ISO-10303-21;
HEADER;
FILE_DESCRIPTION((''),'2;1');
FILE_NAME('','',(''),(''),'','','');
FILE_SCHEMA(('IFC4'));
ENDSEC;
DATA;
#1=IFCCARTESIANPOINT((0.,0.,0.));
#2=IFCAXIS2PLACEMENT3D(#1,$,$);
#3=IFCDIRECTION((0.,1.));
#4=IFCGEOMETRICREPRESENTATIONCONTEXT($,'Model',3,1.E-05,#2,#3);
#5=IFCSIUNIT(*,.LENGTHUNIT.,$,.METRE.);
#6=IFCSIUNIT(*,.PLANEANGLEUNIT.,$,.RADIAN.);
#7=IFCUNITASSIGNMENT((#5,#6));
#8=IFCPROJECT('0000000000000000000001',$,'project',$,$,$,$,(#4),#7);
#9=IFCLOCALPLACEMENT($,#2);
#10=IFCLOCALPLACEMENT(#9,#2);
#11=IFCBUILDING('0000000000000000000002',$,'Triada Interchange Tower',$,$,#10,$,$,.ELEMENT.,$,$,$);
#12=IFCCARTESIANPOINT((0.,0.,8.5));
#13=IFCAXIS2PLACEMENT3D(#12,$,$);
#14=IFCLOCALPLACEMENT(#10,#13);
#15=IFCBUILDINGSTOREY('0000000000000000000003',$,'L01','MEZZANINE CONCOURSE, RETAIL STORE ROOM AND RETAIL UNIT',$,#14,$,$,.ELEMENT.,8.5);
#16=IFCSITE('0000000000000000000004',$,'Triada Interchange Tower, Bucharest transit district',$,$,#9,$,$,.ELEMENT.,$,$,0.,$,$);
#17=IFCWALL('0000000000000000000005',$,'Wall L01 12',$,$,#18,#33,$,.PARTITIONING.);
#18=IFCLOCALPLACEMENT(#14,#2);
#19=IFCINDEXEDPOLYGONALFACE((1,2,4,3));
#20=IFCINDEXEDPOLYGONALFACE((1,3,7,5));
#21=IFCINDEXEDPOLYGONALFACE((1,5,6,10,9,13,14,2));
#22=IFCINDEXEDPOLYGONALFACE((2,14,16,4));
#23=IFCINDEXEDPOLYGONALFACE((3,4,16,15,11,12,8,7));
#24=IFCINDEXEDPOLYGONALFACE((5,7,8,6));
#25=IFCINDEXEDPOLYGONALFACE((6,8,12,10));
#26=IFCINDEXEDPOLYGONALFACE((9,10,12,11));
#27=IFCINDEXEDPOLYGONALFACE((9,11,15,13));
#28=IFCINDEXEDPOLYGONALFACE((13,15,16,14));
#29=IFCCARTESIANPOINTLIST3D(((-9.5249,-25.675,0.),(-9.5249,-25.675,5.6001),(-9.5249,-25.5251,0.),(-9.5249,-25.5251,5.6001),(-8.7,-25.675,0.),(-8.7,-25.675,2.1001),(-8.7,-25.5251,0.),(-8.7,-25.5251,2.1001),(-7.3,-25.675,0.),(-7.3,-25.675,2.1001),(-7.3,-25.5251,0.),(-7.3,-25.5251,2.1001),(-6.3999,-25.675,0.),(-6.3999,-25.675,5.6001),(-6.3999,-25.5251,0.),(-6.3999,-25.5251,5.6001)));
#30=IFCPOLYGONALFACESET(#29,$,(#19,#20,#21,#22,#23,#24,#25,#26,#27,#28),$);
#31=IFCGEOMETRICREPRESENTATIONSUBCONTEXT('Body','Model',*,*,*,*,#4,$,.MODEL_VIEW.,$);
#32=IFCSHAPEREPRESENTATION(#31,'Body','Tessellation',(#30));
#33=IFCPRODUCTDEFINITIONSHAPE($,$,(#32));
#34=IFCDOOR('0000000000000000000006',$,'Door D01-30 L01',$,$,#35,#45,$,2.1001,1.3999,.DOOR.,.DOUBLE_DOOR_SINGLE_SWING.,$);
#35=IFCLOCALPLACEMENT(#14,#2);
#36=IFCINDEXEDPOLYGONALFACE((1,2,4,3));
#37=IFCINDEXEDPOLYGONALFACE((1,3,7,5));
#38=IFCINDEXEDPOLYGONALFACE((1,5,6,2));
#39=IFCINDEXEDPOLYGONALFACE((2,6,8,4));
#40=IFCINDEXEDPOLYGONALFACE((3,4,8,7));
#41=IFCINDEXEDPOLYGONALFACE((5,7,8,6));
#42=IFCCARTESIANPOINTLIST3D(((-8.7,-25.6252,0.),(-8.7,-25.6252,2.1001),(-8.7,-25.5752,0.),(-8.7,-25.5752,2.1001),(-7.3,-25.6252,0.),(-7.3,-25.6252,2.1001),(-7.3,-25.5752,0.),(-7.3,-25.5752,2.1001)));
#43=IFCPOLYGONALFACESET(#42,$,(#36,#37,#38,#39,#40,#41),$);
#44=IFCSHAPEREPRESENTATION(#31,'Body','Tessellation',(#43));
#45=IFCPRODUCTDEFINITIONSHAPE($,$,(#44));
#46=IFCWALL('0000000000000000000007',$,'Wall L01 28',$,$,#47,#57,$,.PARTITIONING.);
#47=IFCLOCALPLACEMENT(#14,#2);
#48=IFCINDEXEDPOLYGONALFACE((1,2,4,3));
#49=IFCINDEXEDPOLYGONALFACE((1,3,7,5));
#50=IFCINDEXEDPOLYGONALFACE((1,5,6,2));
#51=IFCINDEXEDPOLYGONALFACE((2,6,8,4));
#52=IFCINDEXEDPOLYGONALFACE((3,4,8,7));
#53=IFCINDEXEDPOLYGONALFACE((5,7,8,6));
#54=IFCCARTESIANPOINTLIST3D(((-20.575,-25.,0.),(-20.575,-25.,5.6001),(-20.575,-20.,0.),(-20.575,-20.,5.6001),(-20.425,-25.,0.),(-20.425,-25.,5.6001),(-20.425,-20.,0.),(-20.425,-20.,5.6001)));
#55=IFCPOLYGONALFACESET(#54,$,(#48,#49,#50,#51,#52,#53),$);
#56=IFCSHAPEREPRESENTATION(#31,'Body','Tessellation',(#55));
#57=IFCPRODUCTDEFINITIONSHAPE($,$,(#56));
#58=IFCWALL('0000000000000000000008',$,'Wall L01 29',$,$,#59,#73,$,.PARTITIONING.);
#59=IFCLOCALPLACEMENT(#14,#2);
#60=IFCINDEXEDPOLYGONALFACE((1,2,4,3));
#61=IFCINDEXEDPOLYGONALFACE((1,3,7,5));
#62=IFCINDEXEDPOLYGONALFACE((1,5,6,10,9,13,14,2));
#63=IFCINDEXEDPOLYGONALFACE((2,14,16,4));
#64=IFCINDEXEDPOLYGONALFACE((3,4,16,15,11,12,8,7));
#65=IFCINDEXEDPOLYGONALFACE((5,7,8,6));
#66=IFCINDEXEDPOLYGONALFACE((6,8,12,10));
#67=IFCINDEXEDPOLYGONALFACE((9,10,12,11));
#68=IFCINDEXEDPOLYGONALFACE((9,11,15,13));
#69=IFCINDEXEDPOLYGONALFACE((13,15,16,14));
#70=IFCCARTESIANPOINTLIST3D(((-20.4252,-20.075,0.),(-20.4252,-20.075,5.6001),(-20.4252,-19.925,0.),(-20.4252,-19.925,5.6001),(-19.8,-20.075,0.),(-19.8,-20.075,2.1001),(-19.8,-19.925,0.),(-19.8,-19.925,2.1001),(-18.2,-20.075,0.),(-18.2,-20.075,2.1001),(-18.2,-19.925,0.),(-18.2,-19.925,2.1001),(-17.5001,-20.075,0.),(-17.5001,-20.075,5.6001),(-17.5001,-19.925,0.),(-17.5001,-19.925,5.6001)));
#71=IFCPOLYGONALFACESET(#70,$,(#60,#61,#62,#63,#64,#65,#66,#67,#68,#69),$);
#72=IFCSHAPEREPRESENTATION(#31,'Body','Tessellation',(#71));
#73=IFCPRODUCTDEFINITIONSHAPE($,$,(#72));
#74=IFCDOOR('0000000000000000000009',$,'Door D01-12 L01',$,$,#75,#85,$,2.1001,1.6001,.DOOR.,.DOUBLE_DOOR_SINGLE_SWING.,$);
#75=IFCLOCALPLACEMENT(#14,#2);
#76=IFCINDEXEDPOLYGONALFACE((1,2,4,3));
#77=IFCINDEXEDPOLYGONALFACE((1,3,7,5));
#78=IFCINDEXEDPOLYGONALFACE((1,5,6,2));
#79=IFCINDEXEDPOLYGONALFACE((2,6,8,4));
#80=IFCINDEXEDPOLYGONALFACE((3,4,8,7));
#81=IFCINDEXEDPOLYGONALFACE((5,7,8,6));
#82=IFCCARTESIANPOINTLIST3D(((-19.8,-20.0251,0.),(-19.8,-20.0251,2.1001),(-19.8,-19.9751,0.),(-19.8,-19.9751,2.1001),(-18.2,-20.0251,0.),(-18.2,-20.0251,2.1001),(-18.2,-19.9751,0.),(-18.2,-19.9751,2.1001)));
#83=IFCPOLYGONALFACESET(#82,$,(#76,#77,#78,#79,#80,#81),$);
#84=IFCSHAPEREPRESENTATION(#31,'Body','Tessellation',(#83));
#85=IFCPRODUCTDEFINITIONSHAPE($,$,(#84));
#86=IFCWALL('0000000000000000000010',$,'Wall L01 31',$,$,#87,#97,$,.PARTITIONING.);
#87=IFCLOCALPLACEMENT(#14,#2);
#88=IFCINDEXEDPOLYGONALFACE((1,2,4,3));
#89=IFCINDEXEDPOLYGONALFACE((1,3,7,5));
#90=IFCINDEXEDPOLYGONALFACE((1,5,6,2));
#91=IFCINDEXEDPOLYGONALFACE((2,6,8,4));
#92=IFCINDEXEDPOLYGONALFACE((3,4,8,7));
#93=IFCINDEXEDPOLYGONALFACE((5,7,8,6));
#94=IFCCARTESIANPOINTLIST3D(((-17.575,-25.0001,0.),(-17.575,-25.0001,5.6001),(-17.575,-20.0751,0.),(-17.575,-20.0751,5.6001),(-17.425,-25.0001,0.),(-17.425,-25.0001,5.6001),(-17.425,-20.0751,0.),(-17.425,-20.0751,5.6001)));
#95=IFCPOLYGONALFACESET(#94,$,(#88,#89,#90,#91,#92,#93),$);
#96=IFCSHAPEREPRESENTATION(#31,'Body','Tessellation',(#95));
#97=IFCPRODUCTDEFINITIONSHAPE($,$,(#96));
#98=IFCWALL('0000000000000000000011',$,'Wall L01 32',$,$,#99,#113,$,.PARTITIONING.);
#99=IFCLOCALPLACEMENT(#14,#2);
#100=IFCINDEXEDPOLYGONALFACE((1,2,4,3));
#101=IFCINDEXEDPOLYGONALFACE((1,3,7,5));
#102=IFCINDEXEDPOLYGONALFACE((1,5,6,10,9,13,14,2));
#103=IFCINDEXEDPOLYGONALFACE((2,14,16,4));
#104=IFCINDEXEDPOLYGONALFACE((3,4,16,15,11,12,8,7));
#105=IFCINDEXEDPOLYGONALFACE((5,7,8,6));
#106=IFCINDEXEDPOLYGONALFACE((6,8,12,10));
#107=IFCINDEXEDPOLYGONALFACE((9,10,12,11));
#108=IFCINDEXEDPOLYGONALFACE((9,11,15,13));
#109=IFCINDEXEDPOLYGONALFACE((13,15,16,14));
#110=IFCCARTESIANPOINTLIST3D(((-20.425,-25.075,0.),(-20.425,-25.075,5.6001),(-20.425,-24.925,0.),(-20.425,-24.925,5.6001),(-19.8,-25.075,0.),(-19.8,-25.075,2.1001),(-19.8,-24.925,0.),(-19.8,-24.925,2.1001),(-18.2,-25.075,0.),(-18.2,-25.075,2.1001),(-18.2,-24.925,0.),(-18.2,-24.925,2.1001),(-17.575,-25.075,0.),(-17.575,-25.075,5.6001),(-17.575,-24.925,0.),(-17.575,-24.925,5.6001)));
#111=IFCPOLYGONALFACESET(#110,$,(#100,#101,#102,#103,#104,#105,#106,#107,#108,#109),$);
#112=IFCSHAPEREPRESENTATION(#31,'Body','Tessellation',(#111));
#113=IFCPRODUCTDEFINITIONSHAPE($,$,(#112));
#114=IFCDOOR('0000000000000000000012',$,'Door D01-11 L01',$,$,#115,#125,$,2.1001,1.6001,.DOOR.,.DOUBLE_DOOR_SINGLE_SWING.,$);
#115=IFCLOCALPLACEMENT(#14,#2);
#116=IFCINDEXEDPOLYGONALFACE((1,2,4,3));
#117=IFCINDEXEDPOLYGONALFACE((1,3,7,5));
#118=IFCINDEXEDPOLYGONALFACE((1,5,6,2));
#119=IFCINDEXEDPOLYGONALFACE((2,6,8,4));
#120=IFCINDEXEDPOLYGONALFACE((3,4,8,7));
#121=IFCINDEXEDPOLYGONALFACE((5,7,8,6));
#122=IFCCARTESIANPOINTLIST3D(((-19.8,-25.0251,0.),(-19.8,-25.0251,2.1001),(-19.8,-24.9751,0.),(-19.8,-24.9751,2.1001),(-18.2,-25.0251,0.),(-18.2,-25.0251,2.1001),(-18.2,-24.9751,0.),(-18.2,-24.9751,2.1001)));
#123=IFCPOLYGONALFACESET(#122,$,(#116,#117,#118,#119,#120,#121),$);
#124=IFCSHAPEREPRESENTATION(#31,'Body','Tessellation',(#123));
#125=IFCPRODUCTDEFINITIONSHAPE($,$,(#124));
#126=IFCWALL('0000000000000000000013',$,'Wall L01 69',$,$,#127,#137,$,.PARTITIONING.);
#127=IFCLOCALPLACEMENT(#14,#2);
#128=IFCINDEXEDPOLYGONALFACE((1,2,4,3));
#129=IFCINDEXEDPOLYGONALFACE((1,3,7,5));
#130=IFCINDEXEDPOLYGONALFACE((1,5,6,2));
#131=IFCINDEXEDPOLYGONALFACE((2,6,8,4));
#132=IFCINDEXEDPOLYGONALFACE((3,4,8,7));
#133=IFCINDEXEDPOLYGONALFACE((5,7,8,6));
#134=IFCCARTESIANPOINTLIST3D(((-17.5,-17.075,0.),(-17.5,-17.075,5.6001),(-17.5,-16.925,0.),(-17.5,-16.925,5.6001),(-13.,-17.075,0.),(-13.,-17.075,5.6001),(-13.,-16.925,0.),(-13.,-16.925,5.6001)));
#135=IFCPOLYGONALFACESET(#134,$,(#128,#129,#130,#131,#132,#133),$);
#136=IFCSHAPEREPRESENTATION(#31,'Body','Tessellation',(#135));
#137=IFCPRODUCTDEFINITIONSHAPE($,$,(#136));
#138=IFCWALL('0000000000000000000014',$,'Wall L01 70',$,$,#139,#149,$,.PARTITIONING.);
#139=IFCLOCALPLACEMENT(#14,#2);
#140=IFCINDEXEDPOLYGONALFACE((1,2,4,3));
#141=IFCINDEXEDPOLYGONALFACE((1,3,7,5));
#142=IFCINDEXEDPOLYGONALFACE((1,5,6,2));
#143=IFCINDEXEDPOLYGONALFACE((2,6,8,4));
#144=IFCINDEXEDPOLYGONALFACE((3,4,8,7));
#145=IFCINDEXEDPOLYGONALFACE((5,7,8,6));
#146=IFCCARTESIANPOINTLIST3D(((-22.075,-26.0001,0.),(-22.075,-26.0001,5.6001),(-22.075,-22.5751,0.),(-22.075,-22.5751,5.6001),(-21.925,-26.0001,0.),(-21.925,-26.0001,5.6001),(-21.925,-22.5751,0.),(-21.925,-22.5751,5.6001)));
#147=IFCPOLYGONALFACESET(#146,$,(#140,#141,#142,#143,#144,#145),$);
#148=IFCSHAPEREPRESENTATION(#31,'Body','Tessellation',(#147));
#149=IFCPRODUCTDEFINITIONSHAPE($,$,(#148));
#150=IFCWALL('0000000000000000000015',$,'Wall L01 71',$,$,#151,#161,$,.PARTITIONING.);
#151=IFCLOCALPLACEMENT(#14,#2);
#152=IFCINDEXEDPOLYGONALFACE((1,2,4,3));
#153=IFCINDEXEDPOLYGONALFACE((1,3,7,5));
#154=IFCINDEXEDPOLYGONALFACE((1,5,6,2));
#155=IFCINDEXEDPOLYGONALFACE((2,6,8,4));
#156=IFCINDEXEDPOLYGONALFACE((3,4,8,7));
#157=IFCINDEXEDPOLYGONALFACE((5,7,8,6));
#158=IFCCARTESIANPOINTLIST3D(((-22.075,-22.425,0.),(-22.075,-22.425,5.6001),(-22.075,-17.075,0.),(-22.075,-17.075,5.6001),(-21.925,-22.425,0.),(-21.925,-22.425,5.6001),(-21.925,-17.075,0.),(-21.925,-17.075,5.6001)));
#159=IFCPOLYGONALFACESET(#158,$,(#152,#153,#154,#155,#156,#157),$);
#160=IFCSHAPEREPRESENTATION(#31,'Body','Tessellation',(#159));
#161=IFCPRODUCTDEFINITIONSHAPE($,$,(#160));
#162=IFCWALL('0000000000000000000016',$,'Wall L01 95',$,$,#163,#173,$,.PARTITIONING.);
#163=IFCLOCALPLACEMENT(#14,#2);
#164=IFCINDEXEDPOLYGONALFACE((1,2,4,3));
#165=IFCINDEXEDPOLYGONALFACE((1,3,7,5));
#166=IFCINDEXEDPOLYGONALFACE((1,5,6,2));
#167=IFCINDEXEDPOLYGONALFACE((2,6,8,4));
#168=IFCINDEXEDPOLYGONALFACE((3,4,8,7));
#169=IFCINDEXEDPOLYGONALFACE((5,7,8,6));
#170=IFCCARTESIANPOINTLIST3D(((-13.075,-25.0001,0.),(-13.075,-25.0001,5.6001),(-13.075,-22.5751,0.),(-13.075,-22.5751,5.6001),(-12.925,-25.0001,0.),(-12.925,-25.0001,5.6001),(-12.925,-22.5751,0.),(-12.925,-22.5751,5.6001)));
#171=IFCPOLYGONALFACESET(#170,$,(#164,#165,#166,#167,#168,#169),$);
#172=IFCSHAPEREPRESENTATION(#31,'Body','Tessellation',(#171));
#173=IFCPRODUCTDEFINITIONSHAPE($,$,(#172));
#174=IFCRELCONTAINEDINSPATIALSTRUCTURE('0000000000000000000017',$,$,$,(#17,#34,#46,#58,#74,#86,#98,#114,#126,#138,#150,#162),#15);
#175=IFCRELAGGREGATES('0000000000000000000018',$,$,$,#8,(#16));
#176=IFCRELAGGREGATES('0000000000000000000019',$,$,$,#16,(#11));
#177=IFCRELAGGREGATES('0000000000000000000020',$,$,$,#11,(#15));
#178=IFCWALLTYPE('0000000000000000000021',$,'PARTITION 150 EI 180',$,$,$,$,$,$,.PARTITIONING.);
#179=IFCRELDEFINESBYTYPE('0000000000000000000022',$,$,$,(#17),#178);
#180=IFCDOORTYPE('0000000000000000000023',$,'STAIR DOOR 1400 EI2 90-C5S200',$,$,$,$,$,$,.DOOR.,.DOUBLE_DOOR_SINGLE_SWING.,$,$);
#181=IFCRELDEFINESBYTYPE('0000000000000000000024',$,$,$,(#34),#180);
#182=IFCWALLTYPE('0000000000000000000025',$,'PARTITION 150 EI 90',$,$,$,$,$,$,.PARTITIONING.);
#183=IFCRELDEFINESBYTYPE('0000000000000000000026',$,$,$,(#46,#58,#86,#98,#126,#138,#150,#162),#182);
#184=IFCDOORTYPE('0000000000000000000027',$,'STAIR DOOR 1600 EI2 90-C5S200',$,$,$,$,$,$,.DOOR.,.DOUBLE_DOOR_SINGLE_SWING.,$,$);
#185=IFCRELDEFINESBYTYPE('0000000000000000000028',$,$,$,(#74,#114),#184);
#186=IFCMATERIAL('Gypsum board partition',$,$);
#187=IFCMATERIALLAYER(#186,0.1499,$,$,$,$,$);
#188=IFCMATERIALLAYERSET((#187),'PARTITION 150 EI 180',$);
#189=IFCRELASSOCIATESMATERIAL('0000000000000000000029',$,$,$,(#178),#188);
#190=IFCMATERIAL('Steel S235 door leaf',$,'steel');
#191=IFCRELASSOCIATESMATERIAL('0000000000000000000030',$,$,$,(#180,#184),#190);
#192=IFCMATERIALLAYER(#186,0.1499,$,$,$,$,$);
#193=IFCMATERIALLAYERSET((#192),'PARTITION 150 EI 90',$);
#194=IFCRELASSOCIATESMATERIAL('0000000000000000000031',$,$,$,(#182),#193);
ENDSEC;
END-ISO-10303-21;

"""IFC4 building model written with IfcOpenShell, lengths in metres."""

from ifc_helpers import new_model, si_unit, direction, frame, frame_2d, origin, place, context, subcontext, project, spatial, rectangle, extrude, material, layer, layer_set, type_object, element, fill, save


model = new_model("IFC4")

# Units and contexts
model_context = context("Model", 3, precision=1e-05, world=origin(), true_north=direction((0.0, 1.0)))
body_context = subcontext(model_context, "Body", "Model", "MODEL_VIEW")
ifc_project = project(units=[si_unit("LENGTHUNIT", "METRE"), si_unit("PLANEANGLEUNIT", "RADIAN")], contexts=[model_context])

# Site, building, storey
site_placement = place(None, origin())
site = spatial("IfcSite", under=ifc_project, at=site_placement, Name="Triada Interchange Tower, Bucharest transit district", CompositionType="ELEMENT", RefElevation=0.0)
building_placement = place(site_placement, origin())
building = spatial("IfcBuilding", under=site, at=building_placement, Name="Triada Interchange Tower", CompositionType="ELEMENT")
storey_placement = place(building_placement, frame((0.0, 0.0, 8.5)))
storey = spatial("IfcBuildingStorey", under=building, at=storey_placement, Name="L01", Description="MEZZANINE CONCOURSE, RETAIL STORE ROOM AND RETAIL UNIT", CompositionType="ELEMENT", Elevation=8.5)

# Shared definitions
ifc_material_1 = material(Name="Gypsum board partition")
ifc_layer_1 = layer(ifc_material_1, 0.1499)
ifc_layer_set_1 = layer_set([ifc_layer_1], Name="PARTITION 150 EI 180")
wall_type_1 = type_object("IfcWallType", Name="PARTITION 150 EI 180", PredefinedType="PARTITIONING", material=ifc_layer_set_1)

# Wall, opening, door
wall_1_placement = place(storey_placement, frame((-9.5249, -25.6001, 0.0), z_axis=(0.0, 0.0, 1.0), x_axis=(1.0, 0.0, 0.0)))
wall_1 = element("IfcWall", 1, at=wall_1_placement, inside=storey, type_object=wall_type_1, Name="Wall L01 12", PredefinedType="PARTITIONING", context=body_context, shape_type="SweptSolid", body=[
    extrude(rectangle(XDim=3.125, YDim=0.1499, at=frame_2d((1.5625, 0.0))), origin(), (0.0, 0.0, 1.0), 5.6001),
])
opening_1_placement = place(wall_1_placement, frame((0.825, 0.0, 0.0)))
opening_1 = element("IfcOpeningElement", 2, at=opening_1_placement, cuts=wall_1, PredefinedType="OPENING", context=body_context, shape_type="SweptSolid", body=[
    extrude(rectangle(XDim=1.3999, YDim=2.1001, at=frame_2d((0.7, 1.05))), frame((0.0, 0.085, 0.0), z_axis=(0.0, -1.0, 0.0), x_axis=(1.0, 0.0, 0.0)), (0.0, 0.0, 1.0), 0.1699),
])
ifc_material_2 = material(Name="Steel S235 door leaf", Category="steel")
door_type_1 = type_object("IfcDoorType", Name="STAIR DOOR 1400 EI2 90-C5S200", OperationType="DOUBLE_DOOR_SINGLE_SWING", PredefinedType="DOOR", material=ifc_material_2)
door_1_placement = place(opening_1_placement, origin())
door_1 = element("IfcDoor", 3, at=door_1_placement, inside=storey, type_object=door_type_1, Name="Door D01-30 L01", OperationType="DOUBLE_DOOR_SINGLE_SWING", OverallHeight=2.1001, OverallWidth=1.3999, PredefinedType="DOOR", context=body_context, shape_type="SweptSolid", body=[
    extrude(rectangle(XDim=1.3999, YDim=2.1001, at=frame_2d((0.7, 1.05))), frame((0.0, 0.0249, 0.0), z_axis=(0.0, -1.0, 0.0), x_axis=(1.0, 0.0, 0.0)), (0.0, 0.0, 1.0), 0.05),
])
fill(opening_1, door_1)

# Wall
ifc_layer_2 = layer(ifc_material_1, 0.1499)
ifc_layer_set_2 = layer_set([ifc_layer_2], Name="PARTITION 150 EI 90")
wall_type_2 = type_object("IfcWallType", Name="PARTITION 150 EI 90", PredefinedType="PARTITIONING", material=ifc_layer_set_2)
wall_2_placement = place(storey_placement, frame((-20.5, -25.0, 0.0), z_axis=(0.0, 0.0, 1.0), x_axis=(0.0, 1.0, 0.0)))
element("IfcWall", 4, at=wall_2_placement, inside=storey, type_object=wall_type_2, Name="Wall L01 28", PredefinedType="PARTITIONING", context=body_context, shape_type="SweptSolid", body=[
    extrude(rectangle(XDim=5.0, YDim=0.1499, at=frame_2d((2.5, 0.0))), origin(), (0.0, 0.0, 1.0), 5.6001),
])

# Wall, opening, door
wall_3_placement = place(storey_placement, frame((-20.425, -20.0, 0.0), z_axis=(0.0, 0.0, 1.0), x_axis=(1.0, 0.0, 0.0)))
wall_3 = element("IfcWall", 5, at=wall_3_placement, inside=storey, type_object=wall_type_2, Name="Wall L01 29", PredefinedType="PARTITIONING", context=body_context, shape_type="SweptSolid", body=[
    extrude(rectangle(XDim=2.925, YDim=0.1499, at=frame_2d((1.4624, 0.0))), origin(), (0.0, 0.0, 1.0), 5.6001),
])
opening_2_placement = place(wall_3_placement, frame((0.625, 0.0, 0.0)))
opening_2 = element("IfcOpeningElement", 6, at=opening_2_placement, cuts=wall_3, PredefinedType="OPENING", context=body_context, shape_type="SweptSolid", body=[
    extrude(rectangle(XDim=1.6001, YDim=2.1001, at=frame_2d((0.8, 1.05))), frame((0.0, 0.085, 0.0), z_axis=(0.0, -1.0, 0.0), x_axis=(1.0, 0.0, 0.0)), (0.0, 0.0, 1.0), 0.1699),
])
door_type_2 = type_object("IfcDoorType", Name="STAIR DOOR 1600 EI2 90-C5S200", OperationType="DOUBLE_DOOR_SINGLE_SWING", PredefinedType="DOOR", material=ifc_material_2)
door_2_placement = place(opening_2_placement, origin())
door_2 = element("IfcDoor", 7, at=door_2_placement, inside=storey, type_object=door_type_2, Name="Door D01-12 L01", OperationType="DOUBLE_DOOR_SINGLE_SWING", OverallHeight=2.1001, OverallWidth=1.6001, PredefinedType="DOOR", context=body_context, shape_type="SweptSolid", body=[
    extrude(rectangle(XDim=1.6001, YDim=2.1001, at=frame_2d((0.8, 1.05))), frame((0.0, 0.0249, 0.0), z_axis=(0.0, -1.0, 0.0), x_axis=(1.0, 0.0, 0.0)), (0.0, 0.0, 1.0), 0.05),
])
fill(opening_2, door_2)

# Wall
wall_4_placement = place(storey_placement, frame((-17.5, -25.0, 0.0), z_axis=(0.0, 0.0, 1.0), x_axis=(0.0, 1.0, 0.0)))
element("IfcWall", 8, at=wall_4_placement, inside=storey, type_object=wall_type_2, Name="Wall L01 31", PredefinedType="PARTITIONING", context=body_context, shape_type="SweptSolid", body=[
    extrude(rectangle(XDim=4.925, YDim=0.1499, at=frame_2d((2.4624, 0.0))), origin(), (0.0, 0.0, 1.0), 5.6001),
])

# Wall, opening, door
wall_5_placement = place(storey_placement, frame((-20.425, -25.0, 0.0), z_axis=(0.0, 0.0, 1.0), x_axis=(1.0, 0.0, 0.0)))
wall_5 = element("IfcWall", 9, at=wall_5_placement, inside=storey, type_object=wall_type_2, Name="Wall L01 32", PredefinedType="PARTITIONING", context=body_context, shape_type="SweptSolid", body=[
    extrude(rectangle(XDim=2.8501, YDim=0.1499, at=frame_2d((1.425, 0.0))), origin(), (0.0, 0.0, 1.0), 5.6001),
])
opening_3_placement = place(wall_5_placement, frame((0.625, 0.0, 0.0)))
opening_3 = element("IfcOpeningElement", 10, at=opening_3_placement, cuts=wall_5, PredefinedType="OPENING", context=body_context, shape_type="SweptSolid", body=[
    extrude(rectangle(XDim=1.6001, YDim=2.1001, at=frame_2d((0.8, 1.05))), frame((0.0, 0.085, 0.0), z_axis=(0.0, -1.0, 0.0), x_axis=(1.0, 0.0, 0.0)), (0.0, 0.0, 1.0), 0.1699),
])
door_3_placement = place(opening_3_placement, origin())
door_3 = element("IfcDoor", 11, at=door_3_placement, inside=storey, type_object=door_type_2, Name="Door D01-11 L01", OperationType="DOUBLE_DOOR_SINGLE_SWING", OverallHeight=2.1001, OverallWidth=1.6001, PredefinedType="DOOR", context=body_context, shape_type="SweptSolid", body=[
    extrude(rectangle(XDim=1.6001, YDim=2.1001, at=frame_2d((0.8, 1.05))), frame((0.0, 0.0249, 0.0), z_axis=(0.0, -1.0, 0.0), x_axis=(1.0, 0.0, 0.0)), (0.0, 0.0, 1.0), 0.05),
])
fill(opening_3, door_3)

# Walls
wall_6_placement = place(storey_placement, frame((-17.5, -17.0, 0.0), z_axis=(0.0, 0.0, 1.0), x_axis=(1.0, 0.0, 0.0)))
element("IfcWall", 12, at=wall_6_placement, inside=storey, type_object=wall_type_2, Name="Wall L01 69", PredefinedType="PARTITIONING", context=body_context, shape_type="SweptSolid", body=[
    extrude(rectangle(XDim=4.5, YDim=0.1499, at=frame_2d((2.25, 0.0))), origin(), (0.0, 0.0, 1.0), 5.6001),
])
wall_7_placement = place(storey_placement, frame((-22.0, -26.0, 0.0), z_axis=(0.0, 0.0, 1.0), x_axis=(0.0, 1.0, 0.0)))
element("IfcWall", 13, at=wall_7_placement, inside=storey, type_object=wall_type_2, Name="Wall L01 70", PredefinedType="PARTITIONING", context=body_context, shape_type="SweptSolid", body=[
    extrude(rectangle(XDim=3.425, YDim=0.1499, at=frame_2d((1.7124, 0.0))), origin(), (0.0, 0.0, 1.0), 5.6001),
])
wall_8_placement = place(storey_placement, frame((-22.0, -22.425, 0.0), z_axis=(0.0, 0.0, 1.0), x_axis=(0.0, 1.0, 0.0)))
element("IfcWall", 14, at=wall_8_placement, inside=storey, type_object=wall_type_2, Name="Wall L01 71", PredefinedType="PARTITIONING", context=body_context, shape_type="SweptSolid", body=[
    extrude(rectangle(XDim=5.3501, YDim=0.1499, at=frame_2d((2.675, 0.0))), origin(), (0.0, 0.0, 1.0), 5.6001),
])
wall_9_placement = place(storey_placement, frame((-13.0, -25.0, 0.0), z_axis=(0.0, 0.0, 1.0), x_axis=(0.0, 1.0, 0.0)))
element("IfcWall", 15, at=wall_9_placement, inside=storey, type_object=wall_type_2, Name="Wall L01 95", PredefinedType="PARTITIONING", context=body_context, shape_type="SweptSolid", body=[
    extrude(rectangle(XDim=2.425, YDim=0.1499, at=frame_2d((1.2124, 0.0))), origin(), (0.0, 0.0, 1.0), 5.6001),
])

save(model, "model.ifc")
